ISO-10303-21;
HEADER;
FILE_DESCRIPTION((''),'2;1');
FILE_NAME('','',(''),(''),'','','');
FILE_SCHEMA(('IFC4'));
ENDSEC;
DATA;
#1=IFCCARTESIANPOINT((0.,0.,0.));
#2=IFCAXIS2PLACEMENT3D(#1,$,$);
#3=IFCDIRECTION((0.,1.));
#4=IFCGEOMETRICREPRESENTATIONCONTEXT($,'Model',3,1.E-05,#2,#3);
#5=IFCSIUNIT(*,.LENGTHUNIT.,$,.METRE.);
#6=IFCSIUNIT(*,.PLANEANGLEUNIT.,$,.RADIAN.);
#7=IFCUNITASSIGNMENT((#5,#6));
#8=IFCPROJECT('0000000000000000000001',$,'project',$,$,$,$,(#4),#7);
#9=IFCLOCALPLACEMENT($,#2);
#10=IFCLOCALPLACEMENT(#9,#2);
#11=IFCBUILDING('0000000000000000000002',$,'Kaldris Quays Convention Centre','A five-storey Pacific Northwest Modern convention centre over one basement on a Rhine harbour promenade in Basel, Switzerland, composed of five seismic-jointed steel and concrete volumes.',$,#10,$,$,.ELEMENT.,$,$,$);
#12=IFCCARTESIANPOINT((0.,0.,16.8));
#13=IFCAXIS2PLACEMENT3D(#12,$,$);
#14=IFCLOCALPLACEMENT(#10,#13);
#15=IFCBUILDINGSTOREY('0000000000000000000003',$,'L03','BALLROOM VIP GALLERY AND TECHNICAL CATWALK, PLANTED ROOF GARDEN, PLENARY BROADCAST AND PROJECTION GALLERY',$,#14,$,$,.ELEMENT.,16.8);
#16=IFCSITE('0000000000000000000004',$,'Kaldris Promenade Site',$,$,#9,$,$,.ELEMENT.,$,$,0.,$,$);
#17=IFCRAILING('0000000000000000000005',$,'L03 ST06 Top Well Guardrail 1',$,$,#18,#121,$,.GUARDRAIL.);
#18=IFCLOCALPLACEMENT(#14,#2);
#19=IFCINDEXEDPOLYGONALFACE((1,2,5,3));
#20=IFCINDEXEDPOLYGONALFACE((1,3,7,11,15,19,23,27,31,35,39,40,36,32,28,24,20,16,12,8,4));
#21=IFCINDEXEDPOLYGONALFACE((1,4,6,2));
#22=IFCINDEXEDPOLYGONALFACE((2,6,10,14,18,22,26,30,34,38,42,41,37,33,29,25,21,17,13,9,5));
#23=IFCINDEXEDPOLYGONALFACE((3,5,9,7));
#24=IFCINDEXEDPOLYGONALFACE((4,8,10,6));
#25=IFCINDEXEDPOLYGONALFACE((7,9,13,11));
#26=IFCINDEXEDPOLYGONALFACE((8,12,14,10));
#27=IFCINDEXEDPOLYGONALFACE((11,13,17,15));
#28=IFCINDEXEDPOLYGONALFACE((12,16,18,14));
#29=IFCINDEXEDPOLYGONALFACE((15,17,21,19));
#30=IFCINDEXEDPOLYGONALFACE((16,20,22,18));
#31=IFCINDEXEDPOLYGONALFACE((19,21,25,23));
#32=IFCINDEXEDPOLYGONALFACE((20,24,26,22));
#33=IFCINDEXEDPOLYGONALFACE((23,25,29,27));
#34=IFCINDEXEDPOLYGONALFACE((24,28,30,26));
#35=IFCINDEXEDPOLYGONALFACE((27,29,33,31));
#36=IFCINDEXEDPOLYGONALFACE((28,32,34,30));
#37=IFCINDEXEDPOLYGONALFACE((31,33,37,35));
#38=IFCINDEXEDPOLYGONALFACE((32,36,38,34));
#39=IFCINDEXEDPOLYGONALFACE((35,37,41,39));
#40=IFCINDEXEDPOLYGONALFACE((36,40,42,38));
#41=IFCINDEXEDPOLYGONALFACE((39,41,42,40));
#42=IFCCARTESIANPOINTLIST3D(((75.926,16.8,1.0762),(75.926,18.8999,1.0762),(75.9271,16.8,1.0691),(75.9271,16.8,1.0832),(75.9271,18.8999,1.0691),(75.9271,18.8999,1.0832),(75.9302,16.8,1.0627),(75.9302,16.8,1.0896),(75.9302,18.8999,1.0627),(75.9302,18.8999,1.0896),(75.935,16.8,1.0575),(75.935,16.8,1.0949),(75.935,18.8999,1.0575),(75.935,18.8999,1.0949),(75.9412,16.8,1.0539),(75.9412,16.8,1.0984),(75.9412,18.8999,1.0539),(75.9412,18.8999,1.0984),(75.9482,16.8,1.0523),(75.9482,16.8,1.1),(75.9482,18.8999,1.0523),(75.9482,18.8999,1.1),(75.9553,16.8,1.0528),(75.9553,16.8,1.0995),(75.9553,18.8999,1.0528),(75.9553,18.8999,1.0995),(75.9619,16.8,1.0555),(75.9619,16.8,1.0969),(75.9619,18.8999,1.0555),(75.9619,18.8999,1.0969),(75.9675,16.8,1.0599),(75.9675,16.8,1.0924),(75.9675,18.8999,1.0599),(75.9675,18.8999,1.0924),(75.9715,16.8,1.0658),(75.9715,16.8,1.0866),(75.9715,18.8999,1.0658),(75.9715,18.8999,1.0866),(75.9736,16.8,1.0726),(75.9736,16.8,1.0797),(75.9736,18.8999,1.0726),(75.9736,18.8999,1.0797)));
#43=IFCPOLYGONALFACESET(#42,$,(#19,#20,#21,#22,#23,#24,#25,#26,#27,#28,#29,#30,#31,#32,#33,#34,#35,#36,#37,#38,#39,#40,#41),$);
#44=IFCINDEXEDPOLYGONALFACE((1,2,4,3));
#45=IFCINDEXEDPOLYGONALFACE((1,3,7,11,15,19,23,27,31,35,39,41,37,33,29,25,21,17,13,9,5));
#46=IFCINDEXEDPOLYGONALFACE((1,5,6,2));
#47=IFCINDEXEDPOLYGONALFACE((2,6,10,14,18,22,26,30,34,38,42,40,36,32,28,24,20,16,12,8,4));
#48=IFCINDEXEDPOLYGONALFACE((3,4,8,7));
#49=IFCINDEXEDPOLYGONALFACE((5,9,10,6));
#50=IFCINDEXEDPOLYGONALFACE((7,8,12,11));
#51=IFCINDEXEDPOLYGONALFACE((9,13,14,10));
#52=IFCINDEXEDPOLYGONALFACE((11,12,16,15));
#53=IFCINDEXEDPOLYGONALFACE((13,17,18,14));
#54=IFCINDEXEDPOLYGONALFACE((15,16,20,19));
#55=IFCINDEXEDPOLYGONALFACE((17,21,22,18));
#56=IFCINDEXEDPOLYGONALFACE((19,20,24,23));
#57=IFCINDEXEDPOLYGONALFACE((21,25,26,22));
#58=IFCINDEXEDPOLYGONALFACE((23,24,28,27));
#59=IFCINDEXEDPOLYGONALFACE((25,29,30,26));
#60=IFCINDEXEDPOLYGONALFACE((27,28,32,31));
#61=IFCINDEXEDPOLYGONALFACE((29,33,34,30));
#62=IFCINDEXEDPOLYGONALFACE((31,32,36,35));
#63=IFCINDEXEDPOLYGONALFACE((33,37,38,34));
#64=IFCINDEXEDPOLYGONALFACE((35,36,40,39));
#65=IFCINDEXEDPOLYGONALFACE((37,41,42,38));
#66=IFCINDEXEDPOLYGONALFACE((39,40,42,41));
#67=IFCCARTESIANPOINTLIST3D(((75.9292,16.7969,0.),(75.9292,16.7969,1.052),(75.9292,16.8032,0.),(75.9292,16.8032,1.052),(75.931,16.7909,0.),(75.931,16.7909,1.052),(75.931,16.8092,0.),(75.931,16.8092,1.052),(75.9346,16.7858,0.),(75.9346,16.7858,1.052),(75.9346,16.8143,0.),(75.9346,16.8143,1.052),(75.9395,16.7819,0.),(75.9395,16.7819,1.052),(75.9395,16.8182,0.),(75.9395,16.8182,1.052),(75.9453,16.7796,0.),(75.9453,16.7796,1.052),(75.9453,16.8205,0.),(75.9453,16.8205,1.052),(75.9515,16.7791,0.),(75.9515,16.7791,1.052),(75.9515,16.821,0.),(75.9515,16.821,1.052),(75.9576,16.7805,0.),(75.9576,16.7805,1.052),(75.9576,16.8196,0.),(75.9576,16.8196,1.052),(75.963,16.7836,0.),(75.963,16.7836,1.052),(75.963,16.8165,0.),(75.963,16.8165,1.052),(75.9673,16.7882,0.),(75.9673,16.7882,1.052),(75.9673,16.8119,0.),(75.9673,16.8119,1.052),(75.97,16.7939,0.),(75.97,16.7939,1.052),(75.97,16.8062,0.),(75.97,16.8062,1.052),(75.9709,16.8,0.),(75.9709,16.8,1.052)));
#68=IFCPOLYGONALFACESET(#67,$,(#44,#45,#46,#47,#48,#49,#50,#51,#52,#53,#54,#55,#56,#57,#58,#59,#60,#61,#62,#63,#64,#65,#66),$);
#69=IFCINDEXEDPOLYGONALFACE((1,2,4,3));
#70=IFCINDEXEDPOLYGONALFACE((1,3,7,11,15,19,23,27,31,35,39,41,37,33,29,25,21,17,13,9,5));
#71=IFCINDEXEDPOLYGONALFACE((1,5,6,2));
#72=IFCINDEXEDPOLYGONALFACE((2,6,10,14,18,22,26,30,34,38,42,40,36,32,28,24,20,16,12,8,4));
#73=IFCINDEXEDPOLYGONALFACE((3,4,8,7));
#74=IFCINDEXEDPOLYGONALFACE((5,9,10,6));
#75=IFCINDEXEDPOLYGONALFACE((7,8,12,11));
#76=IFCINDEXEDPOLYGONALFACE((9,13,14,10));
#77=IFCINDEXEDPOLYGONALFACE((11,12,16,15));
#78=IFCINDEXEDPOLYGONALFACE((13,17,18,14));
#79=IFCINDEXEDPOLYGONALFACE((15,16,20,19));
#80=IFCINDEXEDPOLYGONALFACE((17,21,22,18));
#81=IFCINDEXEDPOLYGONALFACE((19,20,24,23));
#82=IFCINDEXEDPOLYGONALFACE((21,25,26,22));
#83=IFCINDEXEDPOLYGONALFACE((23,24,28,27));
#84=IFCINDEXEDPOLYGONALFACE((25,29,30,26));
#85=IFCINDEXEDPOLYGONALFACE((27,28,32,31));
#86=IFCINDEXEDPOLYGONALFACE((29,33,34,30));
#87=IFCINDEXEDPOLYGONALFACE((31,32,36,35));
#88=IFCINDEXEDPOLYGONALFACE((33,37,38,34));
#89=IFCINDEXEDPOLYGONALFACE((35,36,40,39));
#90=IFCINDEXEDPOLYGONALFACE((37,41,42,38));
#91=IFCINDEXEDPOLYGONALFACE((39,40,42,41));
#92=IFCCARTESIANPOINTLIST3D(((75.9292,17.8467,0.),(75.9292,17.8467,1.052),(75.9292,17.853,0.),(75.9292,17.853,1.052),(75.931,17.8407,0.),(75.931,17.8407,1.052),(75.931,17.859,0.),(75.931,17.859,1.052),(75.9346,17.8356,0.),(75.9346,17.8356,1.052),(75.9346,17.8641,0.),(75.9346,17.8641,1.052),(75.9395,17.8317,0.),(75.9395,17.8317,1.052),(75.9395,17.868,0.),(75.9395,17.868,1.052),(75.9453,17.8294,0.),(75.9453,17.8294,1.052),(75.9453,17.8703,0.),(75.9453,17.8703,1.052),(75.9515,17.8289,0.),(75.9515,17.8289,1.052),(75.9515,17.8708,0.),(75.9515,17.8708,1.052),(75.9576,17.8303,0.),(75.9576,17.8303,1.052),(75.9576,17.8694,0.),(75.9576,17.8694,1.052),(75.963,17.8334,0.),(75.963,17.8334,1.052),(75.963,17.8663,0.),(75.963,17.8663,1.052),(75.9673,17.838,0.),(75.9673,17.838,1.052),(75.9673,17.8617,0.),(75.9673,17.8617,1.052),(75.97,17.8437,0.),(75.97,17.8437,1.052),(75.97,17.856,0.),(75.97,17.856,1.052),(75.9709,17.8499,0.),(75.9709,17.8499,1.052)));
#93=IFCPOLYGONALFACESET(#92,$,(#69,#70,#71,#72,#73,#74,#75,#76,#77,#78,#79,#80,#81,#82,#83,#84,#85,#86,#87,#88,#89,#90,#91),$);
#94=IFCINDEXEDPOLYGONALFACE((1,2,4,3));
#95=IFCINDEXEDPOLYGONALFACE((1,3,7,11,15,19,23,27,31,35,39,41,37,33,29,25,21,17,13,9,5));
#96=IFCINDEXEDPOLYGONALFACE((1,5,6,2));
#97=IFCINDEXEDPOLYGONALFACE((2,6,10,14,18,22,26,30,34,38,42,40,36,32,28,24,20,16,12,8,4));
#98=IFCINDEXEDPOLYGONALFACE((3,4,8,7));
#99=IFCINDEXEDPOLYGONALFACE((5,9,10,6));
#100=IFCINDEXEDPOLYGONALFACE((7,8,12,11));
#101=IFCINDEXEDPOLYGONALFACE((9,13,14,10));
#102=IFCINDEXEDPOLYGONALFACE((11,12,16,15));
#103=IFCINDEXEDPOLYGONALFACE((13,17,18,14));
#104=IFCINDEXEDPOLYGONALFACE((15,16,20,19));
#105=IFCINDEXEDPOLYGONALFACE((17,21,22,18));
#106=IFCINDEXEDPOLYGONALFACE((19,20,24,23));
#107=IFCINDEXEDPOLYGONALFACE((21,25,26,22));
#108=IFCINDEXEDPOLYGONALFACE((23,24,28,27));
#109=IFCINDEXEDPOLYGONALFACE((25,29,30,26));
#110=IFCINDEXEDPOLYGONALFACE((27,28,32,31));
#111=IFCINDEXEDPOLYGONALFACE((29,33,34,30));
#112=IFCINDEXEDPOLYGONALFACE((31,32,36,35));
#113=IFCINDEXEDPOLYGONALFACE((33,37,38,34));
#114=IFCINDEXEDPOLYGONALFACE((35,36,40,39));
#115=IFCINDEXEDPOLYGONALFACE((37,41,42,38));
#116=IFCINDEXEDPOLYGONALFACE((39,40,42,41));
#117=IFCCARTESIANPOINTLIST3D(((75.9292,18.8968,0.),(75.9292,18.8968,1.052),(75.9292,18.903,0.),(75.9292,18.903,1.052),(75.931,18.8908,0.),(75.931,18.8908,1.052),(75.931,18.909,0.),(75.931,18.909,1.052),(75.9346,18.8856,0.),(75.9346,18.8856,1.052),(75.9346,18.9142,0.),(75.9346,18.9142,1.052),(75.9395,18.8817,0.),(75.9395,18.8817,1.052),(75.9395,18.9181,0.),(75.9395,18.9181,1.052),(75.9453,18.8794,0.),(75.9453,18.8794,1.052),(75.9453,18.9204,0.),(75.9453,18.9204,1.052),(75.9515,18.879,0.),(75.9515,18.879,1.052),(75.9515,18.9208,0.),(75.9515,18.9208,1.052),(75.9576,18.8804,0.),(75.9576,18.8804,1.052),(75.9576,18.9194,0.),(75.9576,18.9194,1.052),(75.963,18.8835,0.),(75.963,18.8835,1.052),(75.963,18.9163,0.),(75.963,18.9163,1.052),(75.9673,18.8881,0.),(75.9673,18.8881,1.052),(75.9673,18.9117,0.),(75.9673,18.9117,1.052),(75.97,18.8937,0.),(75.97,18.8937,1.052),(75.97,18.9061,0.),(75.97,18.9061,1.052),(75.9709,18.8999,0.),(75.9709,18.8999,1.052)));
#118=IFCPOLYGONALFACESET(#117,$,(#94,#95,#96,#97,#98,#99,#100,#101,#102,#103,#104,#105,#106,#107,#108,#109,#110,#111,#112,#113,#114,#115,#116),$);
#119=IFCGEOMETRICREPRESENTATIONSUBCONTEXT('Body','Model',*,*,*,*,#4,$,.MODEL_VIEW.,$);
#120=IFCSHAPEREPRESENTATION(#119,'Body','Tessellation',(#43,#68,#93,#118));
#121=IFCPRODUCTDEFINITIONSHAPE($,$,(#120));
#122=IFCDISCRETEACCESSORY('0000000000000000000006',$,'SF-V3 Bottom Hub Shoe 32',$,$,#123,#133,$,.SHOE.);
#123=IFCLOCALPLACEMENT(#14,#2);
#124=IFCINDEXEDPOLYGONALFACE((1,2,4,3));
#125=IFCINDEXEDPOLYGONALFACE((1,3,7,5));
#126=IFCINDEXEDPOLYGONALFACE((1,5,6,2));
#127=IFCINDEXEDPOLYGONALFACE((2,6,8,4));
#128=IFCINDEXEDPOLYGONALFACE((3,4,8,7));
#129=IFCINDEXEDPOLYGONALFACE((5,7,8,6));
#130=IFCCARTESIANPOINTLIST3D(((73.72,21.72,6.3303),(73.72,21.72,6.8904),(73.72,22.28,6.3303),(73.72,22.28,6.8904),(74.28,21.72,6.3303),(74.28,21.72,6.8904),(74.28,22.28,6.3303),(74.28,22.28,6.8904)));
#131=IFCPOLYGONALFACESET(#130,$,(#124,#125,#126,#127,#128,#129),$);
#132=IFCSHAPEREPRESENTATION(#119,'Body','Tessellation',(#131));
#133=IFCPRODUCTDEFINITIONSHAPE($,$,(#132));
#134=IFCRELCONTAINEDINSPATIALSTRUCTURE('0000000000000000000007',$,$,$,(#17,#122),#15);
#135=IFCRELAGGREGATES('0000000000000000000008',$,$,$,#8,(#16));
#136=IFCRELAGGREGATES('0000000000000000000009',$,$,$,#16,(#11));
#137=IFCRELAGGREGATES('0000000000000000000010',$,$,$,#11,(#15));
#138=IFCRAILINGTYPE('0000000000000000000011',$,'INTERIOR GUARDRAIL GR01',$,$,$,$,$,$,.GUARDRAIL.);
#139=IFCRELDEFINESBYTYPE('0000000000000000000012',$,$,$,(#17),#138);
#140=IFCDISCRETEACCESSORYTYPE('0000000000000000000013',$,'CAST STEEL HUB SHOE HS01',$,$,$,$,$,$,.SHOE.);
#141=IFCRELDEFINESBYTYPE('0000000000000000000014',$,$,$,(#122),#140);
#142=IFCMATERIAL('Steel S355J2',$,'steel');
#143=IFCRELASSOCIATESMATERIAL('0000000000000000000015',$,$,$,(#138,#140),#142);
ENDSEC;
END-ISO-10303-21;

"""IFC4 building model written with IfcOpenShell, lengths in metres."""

from ifc_helpers import new_model, si_unit, direction, frame, origin, origin_2d, place, context, subcontext, project, spatial, rectangle, circle, extrude, material, type_object, element, save


model = new_model("IFC4")

# Units and contexts
model_context = context("Model", 3, precision=1e-05, world=origin(), true_north=direction((0.0, 1.0)))
body_context = subcontext(model_context, "Body", "Model", "MODEL_VIEW")
ifc_project = project(units=[si_unit("LENGTHUNIT", "METRE"), si_unit("PLANEANGLEUNIT", "RADIAN")], contexts=[model_context])

# Site, building, storey
site_placement = place(None, origin())
site = spatial("IfcSite", under=ifc_project, at=site_placement, Name="Kaldris Promenade Site", CompositionType="ELEMENT", RefElevation=0.0)
building_placement = place(site_placement, origin())
building = spatial("IfcBuilding", under=site, at=building_placement, Name="Kaldris Quays Convention Centre", Description="A five-storey Pacific Northwest Modern convention centre over one basement on a Rhine harbour promenade in Basel, Switzerland, composed of five seismic-jointed steel and concrete volumes.", CompositionType="ELEMENT")
storey_placement = place(building_placement, frame((0.0, 0.0, 16.8)))
storey = spatial("IfcBuildingStorey", under=building, at=storey_placement, Name="L03", Description="BALLROOM VIP GALLERY AND TECHNICAL CATWALK, PLANTED ROOF GARDEN, PLENARY BROADCAST AND PROJECTION GALLERY", CompositionType="ELEMENT", Elevation=16.8)

# Shared definitions
ifc_material_1 = material(Name="Steel S355J2", Category="steel")

# Railing
railing_type = type_object("IfcRailingType", Name="INTERIOR GUARDRAIL GR01", PredefinedType="GUARDRAIL", material=ifc_material_1)
railing_placement = place(storey_placement, frame((75.95, 16.8, 0.0)))
element("IfcRailing", 1, at=railing_placement, inside=storey, type_object=railing_type, Name="L03 ST06 Top Well Guardrail 1", PredefinedType="GUARDRAIL", context=body_context, shape_type="SweptSolid", body=[
    extrude(circle(Radius=0.0239, at=origin_2d()), frame((0.0, 0.0, 1.0762), z_axis=(0.0, 1.0, 0.0), x_axis=(-1.0, 0.0, 0.0)), (0.0, 0.0, 1.0), 2.0999),
    extrude(circle(Radius=0.021, at=origin_2d()), origin(), (0.0, 0.0, 1.0), 1.052),
    extrude(circle(Radius=0.021, at=origin_2d()), frame((0.0, 1.0498, 0.0)), (0.0, 0.0, 1.0), 1.052),
    extrude(circle(Radius=0.021, at=origin_2d()), frame((0.0, 2.0999, 0.0)), (0.0, 0.0, 1.0), 1.052),
])

# Discrete accessory
discrete_accessory_type = type_object("IfcDiscreteAccessoryType", Name="CAST STEEL HUB SHOE HS01", PredefinedType="SHOE", material=ifc_material_1)
discrete_accessory_placement = place(storey_placement, frame((74.0, 22.0, 6.3303), z_axis=(0.0, 0.0, 1.0), x_axis=(1.0, 0.0, 0.0)))
element("IfcDiscreteAccessory", 2, at=discrete_accessory_placement, inside=storey, type_object=discrete_accessory_type, Name="SF-V3 Bottom Hub Shoe 32", PredefinedType="SHOE", context=body_context, shape_type="SweptSolid", body=[
    extrude(rectangle(XDim=0.5601, YDim=0.5601, at=origin_2d()), origin(), (0.0, 0.0, 1.0), 0.5601),
])

save(model, "model.ifc")
